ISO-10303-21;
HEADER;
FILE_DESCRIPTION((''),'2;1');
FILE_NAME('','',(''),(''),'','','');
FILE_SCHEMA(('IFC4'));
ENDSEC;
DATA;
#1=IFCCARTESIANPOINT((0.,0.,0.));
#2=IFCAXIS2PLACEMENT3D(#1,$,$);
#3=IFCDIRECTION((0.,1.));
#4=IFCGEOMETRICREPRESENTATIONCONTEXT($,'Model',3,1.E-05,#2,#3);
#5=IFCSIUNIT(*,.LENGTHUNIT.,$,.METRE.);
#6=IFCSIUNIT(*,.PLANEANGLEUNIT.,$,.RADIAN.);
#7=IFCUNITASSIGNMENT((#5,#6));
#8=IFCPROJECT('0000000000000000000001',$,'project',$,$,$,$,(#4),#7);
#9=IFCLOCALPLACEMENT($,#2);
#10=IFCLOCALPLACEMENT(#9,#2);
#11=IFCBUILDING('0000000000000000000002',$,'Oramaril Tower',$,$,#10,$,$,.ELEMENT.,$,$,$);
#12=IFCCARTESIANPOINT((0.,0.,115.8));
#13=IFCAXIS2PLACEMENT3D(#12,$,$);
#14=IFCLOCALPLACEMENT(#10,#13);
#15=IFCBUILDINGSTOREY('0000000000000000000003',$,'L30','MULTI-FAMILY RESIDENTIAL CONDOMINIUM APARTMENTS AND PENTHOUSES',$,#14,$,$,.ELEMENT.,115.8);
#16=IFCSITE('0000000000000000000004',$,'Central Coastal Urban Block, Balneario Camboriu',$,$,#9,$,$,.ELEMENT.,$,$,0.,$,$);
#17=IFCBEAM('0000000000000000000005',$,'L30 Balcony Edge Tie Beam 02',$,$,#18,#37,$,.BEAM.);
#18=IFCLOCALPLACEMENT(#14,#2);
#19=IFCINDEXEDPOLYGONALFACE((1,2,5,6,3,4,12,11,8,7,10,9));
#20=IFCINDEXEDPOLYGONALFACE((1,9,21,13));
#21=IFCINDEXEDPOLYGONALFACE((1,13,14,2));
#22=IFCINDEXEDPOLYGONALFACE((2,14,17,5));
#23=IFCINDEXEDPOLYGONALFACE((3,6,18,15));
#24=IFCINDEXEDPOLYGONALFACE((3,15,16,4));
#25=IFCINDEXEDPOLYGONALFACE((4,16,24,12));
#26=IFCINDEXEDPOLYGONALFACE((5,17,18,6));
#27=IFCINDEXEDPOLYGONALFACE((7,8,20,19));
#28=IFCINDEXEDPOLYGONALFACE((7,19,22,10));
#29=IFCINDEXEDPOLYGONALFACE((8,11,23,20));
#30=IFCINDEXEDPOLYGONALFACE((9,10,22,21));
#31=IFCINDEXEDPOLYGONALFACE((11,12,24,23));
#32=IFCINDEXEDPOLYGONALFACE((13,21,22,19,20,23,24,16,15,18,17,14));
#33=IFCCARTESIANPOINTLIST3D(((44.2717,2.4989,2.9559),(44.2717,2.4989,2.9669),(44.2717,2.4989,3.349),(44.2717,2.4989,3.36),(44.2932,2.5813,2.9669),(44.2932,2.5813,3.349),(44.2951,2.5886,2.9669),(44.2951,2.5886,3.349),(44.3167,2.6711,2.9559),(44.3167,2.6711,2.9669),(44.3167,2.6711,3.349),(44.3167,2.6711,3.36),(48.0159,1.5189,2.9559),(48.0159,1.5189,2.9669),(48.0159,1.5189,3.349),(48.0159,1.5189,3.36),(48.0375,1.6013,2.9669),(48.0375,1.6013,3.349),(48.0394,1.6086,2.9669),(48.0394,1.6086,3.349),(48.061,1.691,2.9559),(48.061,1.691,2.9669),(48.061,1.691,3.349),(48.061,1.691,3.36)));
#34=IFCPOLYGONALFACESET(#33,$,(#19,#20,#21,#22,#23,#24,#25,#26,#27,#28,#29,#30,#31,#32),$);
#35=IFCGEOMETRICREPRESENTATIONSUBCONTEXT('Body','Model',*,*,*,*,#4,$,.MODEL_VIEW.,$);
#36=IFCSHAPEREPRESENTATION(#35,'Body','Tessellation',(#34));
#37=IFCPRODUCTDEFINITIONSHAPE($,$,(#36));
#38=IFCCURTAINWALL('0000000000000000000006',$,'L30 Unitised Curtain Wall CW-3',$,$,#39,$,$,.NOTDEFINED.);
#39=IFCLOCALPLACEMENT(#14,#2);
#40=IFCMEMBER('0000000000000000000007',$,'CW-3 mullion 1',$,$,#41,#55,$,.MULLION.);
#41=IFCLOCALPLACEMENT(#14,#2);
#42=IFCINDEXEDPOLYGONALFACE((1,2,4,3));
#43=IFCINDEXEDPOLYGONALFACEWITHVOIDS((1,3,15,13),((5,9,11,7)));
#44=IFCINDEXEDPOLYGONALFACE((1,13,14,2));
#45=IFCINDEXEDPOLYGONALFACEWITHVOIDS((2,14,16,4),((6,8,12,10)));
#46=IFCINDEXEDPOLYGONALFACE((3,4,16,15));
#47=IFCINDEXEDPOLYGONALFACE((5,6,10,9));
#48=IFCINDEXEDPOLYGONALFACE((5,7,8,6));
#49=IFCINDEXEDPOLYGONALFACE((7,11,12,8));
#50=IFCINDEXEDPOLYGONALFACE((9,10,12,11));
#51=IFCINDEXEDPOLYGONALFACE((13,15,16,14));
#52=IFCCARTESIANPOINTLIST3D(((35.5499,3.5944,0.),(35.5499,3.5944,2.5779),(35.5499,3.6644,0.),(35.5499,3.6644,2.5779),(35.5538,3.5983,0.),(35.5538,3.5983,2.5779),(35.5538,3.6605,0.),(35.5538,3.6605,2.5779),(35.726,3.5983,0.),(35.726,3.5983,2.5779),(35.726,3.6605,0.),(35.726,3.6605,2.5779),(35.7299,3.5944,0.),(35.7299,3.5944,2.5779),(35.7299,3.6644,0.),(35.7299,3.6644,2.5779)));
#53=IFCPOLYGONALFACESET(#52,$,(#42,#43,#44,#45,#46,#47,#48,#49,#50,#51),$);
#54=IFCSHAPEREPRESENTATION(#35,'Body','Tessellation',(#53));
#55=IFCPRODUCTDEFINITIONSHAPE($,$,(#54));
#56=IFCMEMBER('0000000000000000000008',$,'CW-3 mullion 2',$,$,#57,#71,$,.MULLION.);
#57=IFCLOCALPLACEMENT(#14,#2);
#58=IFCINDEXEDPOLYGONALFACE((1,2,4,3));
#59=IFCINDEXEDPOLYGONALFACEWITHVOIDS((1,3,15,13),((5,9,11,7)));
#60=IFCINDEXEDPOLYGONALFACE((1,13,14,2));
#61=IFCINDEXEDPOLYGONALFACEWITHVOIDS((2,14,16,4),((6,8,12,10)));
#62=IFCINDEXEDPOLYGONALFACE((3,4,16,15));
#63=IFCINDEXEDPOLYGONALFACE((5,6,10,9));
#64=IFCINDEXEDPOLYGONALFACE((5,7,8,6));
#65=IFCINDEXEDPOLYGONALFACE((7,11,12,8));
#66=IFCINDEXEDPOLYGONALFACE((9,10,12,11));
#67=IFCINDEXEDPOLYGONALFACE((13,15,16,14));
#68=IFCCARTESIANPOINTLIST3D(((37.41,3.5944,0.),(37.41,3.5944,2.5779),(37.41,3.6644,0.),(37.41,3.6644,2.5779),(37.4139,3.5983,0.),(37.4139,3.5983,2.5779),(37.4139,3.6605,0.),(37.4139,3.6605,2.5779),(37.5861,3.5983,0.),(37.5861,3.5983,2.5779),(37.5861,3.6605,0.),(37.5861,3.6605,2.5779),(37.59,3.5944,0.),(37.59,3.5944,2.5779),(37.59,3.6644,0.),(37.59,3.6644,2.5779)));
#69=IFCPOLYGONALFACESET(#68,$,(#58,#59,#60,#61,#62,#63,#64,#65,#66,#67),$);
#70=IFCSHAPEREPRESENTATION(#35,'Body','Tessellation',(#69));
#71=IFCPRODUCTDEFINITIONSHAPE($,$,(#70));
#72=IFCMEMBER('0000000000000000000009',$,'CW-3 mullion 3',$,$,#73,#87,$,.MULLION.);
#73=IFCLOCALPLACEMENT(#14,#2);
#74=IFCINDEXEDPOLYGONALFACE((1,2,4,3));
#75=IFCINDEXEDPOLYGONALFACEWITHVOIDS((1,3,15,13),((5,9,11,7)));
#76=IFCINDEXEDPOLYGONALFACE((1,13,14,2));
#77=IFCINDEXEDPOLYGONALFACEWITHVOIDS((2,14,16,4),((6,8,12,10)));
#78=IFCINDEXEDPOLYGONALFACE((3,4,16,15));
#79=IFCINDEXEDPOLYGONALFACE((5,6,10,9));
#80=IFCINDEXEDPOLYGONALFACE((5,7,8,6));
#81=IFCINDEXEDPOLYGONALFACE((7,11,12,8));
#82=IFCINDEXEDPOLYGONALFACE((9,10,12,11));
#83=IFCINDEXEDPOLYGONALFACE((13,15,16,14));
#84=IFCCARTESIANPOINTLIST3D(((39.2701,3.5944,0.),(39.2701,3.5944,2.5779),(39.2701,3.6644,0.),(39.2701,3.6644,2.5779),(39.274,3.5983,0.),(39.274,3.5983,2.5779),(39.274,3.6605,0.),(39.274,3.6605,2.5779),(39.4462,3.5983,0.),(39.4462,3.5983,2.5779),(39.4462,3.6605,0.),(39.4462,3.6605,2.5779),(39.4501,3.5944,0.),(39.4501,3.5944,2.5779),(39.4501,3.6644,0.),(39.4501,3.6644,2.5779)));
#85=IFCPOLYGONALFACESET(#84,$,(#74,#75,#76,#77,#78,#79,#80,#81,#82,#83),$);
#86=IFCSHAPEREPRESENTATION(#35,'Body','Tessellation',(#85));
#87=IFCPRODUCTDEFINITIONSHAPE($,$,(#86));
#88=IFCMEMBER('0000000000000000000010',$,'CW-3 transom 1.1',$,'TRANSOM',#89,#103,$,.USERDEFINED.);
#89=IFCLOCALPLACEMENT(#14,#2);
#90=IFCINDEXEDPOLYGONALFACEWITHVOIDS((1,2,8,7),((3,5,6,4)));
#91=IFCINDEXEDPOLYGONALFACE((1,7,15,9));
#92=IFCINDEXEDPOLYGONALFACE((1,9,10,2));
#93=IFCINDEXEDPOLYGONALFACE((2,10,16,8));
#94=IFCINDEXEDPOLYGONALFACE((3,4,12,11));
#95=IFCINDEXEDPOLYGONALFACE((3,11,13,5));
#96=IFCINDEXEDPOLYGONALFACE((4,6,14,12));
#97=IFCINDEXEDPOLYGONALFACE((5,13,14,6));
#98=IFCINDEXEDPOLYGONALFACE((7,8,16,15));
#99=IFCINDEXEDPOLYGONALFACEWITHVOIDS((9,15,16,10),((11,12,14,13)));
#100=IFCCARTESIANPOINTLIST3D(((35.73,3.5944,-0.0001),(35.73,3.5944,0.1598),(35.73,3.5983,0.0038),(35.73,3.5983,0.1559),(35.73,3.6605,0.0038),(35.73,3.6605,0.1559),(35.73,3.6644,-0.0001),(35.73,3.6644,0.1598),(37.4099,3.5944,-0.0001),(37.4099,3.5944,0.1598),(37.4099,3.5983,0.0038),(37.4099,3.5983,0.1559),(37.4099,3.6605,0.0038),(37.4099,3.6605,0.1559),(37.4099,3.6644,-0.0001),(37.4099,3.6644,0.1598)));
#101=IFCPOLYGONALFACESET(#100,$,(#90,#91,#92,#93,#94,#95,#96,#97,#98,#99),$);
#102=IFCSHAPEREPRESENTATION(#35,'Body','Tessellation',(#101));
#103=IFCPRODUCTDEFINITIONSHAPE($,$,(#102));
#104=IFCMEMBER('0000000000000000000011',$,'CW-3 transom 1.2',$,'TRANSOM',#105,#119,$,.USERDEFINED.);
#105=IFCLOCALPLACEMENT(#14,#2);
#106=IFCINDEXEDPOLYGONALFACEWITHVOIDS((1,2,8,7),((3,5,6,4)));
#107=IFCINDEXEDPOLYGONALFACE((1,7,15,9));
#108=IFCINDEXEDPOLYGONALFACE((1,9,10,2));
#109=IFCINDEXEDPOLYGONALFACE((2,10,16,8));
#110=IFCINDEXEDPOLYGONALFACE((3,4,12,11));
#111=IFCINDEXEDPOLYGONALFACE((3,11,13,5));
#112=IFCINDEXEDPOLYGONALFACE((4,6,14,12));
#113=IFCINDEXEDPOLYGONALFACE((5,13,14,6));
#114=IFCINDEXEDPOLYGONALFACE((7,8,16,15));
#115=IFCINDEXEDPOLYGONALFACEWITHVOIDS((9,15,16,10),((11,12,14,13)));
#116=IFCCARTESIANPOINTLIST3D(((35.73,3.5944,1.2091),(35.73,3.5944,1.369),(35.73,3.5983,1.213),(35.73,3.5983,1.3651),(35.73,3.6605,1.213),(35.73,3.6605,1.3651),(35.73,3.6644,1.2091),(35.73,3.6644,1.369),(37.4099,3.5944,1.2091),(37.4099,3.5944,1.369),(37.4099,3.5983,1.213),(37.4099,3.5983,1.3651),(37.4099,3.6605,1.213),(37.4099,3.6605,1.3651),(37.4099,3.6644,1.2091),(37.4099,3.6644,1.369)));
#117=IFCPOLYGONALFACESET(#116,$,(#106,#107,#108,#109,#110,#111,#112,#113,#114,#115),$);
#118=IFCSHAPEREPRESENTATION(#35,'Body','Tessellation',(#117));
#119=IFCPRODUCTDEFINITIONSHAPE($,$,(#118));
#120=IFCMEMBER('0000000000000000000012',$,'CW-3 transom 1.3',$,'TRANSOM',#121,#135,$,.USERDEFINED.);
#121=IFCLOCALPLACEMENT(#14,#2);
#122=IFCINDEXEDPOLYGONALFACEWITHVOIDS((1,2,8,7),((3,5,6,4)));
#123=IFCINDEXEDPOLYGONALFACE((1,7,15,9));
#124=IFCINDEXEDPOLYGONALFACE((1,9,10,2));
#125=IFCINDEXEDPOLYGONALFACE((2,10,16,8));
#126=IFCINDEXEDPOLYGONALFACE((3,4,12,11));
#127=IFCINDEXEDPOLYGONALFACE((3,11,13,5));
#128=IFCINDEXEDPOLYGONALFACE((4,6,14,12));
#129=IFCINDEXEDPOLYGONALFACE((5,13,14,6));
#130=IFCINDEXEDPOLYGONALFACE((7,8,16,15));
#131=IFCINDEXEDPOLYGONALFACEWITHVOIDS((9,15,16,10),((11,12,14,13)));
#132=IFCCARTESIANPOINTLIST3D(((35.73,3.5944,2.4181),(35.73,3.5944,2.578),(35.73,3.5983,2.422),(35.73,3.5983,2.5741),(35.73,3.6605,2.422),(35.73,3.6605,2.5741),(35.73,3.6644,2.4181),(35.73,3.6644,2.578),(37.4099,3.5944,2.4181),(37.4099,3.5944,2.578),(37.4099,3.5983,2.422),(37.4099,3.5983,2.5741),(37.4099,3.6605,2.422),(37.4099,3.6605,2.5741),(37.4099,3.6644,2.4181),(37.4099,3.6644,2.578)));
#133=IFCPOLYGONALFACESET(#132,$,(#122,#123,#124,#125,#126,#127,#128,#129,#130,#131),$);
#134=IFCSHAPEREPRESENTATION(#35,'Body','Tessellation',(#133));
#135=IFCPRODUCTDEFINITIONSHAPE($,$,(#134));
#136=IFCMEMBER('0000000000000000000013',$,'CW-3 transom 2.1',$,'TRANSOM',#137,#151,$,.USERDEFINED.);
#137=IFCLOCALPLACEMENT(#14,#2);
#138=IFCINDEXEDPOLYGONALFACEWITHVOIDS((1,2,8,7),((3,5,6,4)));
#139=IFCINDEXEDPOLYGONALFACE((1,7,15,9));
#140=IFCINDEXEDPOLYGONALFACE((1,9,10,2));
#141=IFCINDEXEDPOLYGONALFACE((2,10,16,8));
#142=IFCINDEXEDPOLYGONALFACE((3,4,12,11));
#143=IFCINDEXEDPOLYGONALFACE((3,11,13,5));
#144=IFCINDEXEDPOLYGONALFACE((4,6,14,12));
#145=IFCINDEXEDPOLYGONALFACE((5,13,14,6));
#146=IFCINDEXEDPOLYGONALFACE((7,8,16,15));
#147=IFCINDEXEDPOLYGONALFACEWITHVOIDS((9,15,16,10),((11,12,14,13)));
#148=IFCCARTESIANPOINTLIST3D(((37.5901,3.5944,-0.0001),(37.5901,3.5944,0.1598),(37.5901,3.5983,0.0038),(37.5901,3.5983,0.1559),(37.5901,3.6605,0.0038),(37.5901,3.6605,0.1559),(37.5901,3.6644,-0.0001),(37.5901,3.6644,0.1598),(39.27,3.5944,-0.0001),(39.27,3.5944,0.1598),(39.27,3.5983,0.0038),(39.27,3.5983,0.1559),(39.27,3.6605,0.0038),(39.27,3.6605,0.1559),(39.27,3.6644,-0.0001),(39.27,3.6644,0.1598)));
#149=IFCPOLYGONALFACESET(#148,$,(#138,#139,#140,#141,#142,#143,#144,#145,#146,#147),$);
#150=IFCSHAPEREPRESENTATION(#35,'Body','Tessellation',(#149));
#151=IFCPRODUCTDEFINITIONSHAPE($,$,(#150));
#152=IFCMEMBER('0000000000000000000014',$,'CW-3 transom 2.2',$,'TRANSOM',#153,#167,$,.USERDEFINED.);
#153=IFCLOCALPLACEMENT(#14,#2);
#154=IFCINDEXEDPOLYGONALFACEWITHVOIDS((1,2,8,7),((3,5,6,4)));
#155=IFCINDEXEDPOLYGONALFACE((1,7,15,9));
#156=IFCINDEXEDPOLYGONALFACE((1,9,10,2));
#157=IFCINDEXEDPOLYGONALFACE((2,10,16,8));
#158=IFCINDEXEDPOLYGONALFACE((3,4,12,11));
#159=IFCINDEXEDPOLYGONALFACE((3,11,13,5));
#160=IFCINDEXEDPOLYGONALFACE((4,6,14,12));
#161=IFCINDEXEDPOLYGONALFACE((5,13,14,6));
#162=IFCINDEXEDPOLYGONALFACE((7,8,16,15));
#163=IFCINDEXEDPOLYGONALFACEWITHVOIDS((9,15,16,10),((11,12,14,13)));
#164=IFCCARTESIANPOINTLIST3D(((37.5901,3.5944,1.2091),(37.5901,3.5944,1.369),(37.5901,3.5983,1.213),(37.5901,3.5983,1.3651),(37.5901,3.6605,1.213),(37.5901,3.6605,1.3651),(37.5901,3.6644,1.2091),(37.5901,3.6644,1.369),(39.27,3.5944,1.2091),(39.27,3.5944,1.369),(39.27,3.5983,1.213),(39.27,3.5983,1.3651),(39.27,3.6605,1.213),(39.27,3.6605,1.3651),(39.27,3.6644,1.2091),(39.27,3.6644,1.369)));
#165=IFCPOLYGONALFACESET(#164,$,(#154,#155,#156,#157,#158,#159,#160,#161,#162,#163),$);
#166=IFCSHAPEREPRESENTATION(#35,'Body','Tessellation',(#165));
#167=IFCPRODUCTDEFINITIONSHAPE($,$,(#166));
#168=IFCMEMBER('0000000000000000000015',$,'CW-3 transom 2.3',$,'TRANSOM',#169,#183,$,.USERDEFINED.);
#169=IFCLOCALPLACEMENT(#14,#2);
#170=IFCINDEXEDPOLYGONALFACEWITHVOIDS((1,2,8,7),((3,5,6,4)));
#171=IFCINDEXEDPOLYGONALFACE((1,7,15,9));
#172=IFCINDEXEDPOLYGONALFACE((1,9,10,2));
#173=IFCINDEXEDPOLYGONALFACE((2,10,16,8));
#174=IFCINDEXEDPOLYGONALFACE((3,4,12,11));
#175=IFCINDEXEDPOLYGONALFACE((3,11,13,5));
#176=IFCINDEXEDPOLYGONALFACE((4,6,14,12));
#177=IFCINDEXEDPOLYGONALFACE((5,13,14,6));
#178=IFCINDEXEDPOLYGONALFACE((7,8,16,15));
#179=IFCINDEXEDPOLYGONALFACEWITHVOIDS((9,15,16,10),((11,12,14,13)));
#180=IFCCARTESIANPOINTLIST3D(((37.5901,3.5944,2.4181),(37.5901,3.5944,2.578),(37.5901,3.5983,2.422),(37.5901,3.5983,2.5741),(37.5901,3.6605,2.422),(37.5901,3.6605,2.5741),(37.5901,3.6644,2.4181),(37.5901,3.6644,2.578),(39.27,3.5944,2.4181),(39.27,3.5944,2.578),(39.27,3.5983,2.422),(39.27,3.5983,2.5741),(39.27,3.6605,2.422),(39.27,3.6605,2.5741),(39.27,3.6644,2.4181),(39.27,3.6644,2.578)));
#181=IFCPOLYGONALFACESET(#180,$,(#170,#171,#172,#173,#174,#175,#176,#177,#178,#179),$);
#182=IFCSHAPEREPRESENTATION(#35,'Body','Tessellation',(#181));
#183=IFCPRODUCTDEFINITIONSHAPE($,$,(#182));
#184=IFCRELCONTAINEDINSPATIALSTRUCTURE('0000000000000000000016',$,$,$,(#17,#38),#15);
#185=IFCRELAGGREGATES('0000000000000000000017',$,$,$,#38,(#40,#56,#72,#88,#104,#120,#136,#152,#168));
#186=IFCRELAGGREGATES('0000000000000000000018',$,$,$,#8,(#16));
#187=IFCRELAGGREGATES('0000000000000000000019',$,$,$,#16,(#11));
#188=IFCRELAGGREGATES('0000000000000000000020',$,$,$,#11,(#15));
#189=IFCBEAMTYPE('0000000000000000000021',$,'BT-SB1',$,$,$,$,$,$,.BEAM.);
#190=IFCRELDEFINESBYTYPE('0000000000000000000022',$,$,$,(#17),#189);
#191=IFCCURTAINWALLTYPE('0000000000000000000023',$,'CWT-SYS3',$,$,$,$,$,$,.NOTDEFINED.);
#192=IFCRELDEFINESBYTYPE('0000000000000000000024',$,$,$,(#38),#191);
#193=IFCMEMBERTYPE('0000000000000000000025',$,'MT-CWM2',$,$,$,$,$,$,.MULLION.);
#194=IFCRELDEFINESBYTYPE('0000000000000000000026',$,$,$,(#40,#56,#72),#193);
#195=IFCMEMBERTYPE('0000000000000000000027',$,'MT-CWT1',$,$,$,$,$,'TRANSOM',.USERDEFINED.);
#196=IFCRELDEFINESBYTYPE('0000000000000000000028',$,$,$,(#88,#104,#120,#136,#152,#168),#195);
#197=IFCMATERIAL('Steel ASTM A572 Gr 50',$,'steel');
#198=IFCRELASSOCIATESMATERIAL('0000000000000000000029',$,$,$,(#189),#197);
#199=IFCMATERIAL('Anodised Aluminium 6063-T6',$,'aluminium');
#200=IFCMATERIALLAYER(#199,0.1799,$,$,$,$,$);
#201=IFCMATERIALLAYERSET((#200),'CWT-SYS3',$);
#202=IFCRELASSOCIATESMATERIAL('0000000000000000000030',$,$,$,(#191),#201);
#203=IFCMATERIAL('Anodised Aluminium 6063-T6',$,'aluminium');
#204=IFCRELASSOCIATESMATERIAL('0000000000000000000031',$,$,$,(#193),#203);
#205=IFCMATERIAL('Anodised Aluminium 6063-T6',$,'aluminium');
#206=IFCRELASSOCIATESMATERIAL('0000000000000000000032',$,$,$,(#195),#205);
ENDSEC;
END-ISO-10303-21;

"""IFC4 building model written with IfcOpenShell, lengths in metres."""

from ifc_helpers import new_model, si_unit, direction, frame, origin, origin_2d, place, context, subcontext, project, spatial, hollow_rectangle, i_section, extrude, material, layer, layer_set, material_profile, profile_set, type_object, element, aggregate, save


model = new_model("IFC4")

# Units and contexts
model_context = context("Model", 3, precision=1e-05, world=origin(), true_north=direction((0.0, 1.0)))
body_context = subcontext(model_context, "Body", "Model", "MODEL_VIEW")
ifc_project = project(units=[si_unit("LENGTHUNIT", "METRE"), si_unit("PLANEANGLEUNIT", "RADIAN")], contexts=[model_context])

# Site, building, storey
site_placement = place(None, origin())
site = spatial("IfcSite", under=ifc_project, at=site_placement, Name="Central Coastal Urban Block, Balneario Camboriu", CompositionType="ELEMENT", RefElevation=0.0)
building_placement = place(site_placement, origin())
building = spatial("IfcBuilding", under=site, at=building_placement, Name="Oramaril Tower", CompositionType="ELEMENT")
storey_placement = place(building_placement, frame((0.0, 0.0, 115.8)))
storey = spatial("IfcBuildingStorey", under=building, at=storey_placement, Name="L30", Description="MULTI-FAMILY RESIDENTIAL CONDOMINIUM APARTMENTS AND PENTHOUSES", CompositionType="ELEMENT", Elevation=115.8)

# Beam
ifc_material_1 = material(Name="Steel ASTM A572 Gr 50", Category="steel")
ifc_material_profile_1 = material_profile(ifc_material_1, i_section(OverallWidth=0.178, OverallDepth=0.4041, WebThickness=0.0076, FlangeThickness=0.011, at=origin_2d()), Name="W16X36")
ifc_profile_set_1 = profile_set([ifc_material_profile_1], Name="Steel ASTM A572 Gr 50")
beam_type = type_object("IfcBeamType", Name="BT-SB1", PredefinedType="BEAM", material=ifc_profile_set_1)
beam_placement = place(storey_placement, frame((44.2942, 2.585, 3.158), z_axis=(0.967412, -0.253208, 0.0), x_axis=(0.253208, 0.967412, 0.0)))
element("IfcBeam", 1, at=beam_placement, inside=storey, type_object=beam_type, Name="L30 Balcony Edge Tie Beam 02", PredefinedType="BEAM", context=body_context, shape_type="SweptSolid", body=[
    extrude(i_section(OverallWidth=0.178, OverallDepth=0.4041, WebThickness=0.0076, FlangeThickness=0.011, at=origin_2d()), origin(), (0.0, 0.0, 1.0), 3.8704),
])

# Curtain wall, members
ifc_material_2 = material(Name="Anodised Aluminium 6063-T6", Category="aluminium")
ifc_layer_1 = layer(ifc_material_2, 0.1799)
ifc_layer_set_1 = layer_set([ifc_layer_1], Name="CWT-SYS3")
curtain_wall_type = type_object("IfcCurtainWallType", Name="CWT-SYS3", PredefinedType="NOTDEFINED", material=ifc_layer_set_1)
curtain_wall_placement = place(storey_placement, origin())
curtain_wall = element("IfcCurtainWall", 2, at=curtain_wall_placement, inside=storey, type_object=curtain_wall_type, Name="L30 Unitised Curtain Wall CW-3", PredefinedType="NOTDEFINED")
ifc_material_3 = material(Name="Anodised Aluminium 6063-T6", Category="aluminium")
ifc_material_profile_2 = material_profile(ifc_material_3, hollow_rectangle(XDim=0.0701, YDim=0.1799, WallThickness=0.0039, at=origin_2d()), Name="CWM180X70")
ifc_profile_set_2 = profile_set([ifc_material_profile_2], Name="Anodised Aluminium 6063-T6")
member_type_1 = type_object("IfcMemberType", Name="MT-CWM2", PredefinedType="MULLION", material=ifc_profile_set_2)
member_1_placement = place(storey_placement, frame((35.6399, 3.6294, 0.0), z_axis=(0.0, 0.0, 1.0), x_axis=(0.0, 1.0, 0.0)))
member_1 = element("IfcMember", 3, at=member_1_placement, type_object=member_type_1, Name="CW-3 mullion 1", PredefinedType="MULLION", context=body_context, shape_type="SweptSolid", body=[
    extrude(hollow_rectangle(XDim=0.0701, YDim=0.1799, WallThickness=0.0039, at=origin_2d()), origin(), (0.0, 0.0, 1.0), 2.5779),
])
member_2_placement = place(storey_placement, frame((37.5, 3.6294, 0.0), z_axis=(0.0, 0.0, 1.0), x_axis=(0.0, 1.0, 0.0)))
member_2 = element("IfcMember", 4, at=member_2_placement, type_object=member_type_1, Name="CW-3 mullion 2", PredefinedType="MULLION", context=body_context, shape_type="SweptSolid", body=[
    extrude(hollow_rectangle(XDim=0.0701, YDim=0.1799, WallThickness=0.0039, at=origin_2d()), origin(), (0.0, 0.0, 1.0), 2.5779),
])
member_3_placement = place(storey_placement, frame((39.3601, 3.6294, 0.0), z_axis=(0.0, 0.0, 1.0), x_axis=(0.0, 1.0, 0.0)))
member_3 = element("IfcMember", 5, at=member_3_placement, type_object=member_type_1, Name="CW-3 mullion 3", PredefinedType="MULLION", context=body_context, shape_type="SweptSolid", body=[
    extrude(hollow_rectangle(XDim=0.0701, YDim=0.1799, WallThickness=0.0039, at=origin_2d()), origin(), (0.0, 0.0, 1.0), 2.5779),
])
ifc_material_4 = material(Name="Anodised Aluminium 6063-T6", Category="aluminium")
ifc_material_profile_3 = material_profile(ifc_material_4, hollow_rectangle(XDim=0.0701, YDim=0.1599, WallThickness=0.0039, at=origin_2d()), Name="CWT160X70")
ifc_profile_set_3 = profile_set([ifc_material_profile_3], Name="Anodised Aluminium 6063-T6")
member_type_2 = type_object("IfcMemberType", Name="MT-CWT1", ElementType="TRANSOM", PredefinedType="USERDEFINED", material=ifc_profile_set_3)
member_4_placement = place(storey_placement, frame((35.73, 3.6294, 0.0798), z_axis=(1.0, 0.0, 0.0), x_axis=(0.0, 1.0, 0.0)))
member_4 = element("IfcMember", 6, at=member_4_placement, type_object=member_type_2, Name="CW-3 transom 1.1", ObjectType="TRANSOM", PredefinedType="USERDEFINED", context=body_context, shape_type="SweptSolid", body=[
    extrude(hollow_rectangle(XDim=0.0701, YDim=0.1599, WallThickness=0.0039, at=origin_2d()), origin(), (0.0, 0.0, 1.0), 1.6799),
])
member_5_placement = place(storey_placement, frame((35.73, 3.6294, 1.2891), z_axis=(1.0, 0.0, 0.0), x_axis=(0.0, 1.0, 0.0)))
member_5 = element("IfcMember", 7, at=member_5_placement, type_object=member_type_2, Name="CW-3 transom 1.2", ObjectType="TRANSOM", PredefinedType="USERDEFINED", context=body_context, shape_type="SweptSolid", body=[
    extrude(hollow_rectangle(XDim=0.0701, YDim=0.1599, WallThickness=0.0039, at=origin_2d()), origin(), (0.0, 0.0, 1.0), 1.6799),
])
member_6_placement = place(storey_placement, frame((35.73, 3.6294, 2.498), z_axis=(1.0, 0.0, 0.0), x_axis=(0.0, 1.0, 0.0)))
member_6 = element("IfcMember", 8, at=member_6_placement, type_object=member_type_2, Name="CW-3 transom 1.3", ObjectType="TRANSOM", PredefinedType="USERDEFINED", context=body_context, shape_type="SweptSolid", body=[
    extrude(hollow_rectangle(XDim=0.0701, YDim=0.1599, WallThickness=0.0039, at=origin_2d()), origin(), (0.0, 0.0, 1.0), 1.6799),
])
member_7_placement = place(storey_placement, frame((37.5901, 3.6294, 0.0798), z_axis=(1.0, 0.0, 0.0), x_axis=(0.0, 1.0, 0.0)))
member_7 = element("IfcMember", 9, at=member_7_placement, type_object=member_type_2, Name="CW-3 transom 2.1", ObjectType="TRANSOM", PredefinedType="USERDEFINED", context=body_context, shape_type="SweptSolid", body=[
    extrude(hollow_rectangle(XDim=0.0701, YDim=0.1599, WallThickness=0.0039, at=origin_2d()), origin(), (0.0, 0.0, 1.0), 1.6799),
])
member_8_placement = place(storey_placement, frame((37.5901, 3.6294, 1.2891), z_axis=(1.0, 0.0, 0.0), x_axis=(0.0, 1.0, 0.0)))
member_8 = element("IfcMember", 10, at=member_8_placement, type_object=member_type_2, Name="CW-3 transom 2.2", ObjectType="TRANSOM", PredefinedType="USERDEFINED", context=body_context, shape_type="SweptSolid", body=[
    extrude(hollow_rectangle(XDim=0.0701, YDim=0.1599, WallThickness=0.0039, at=origin_2d()), origin(), (0.0, 0.0, 1.0), 1.6799),
])
member_9_placement = place(storey_placement, frame((37.5901, 3.6294, 2.498), z_axis=(1.0, 0.0, 0.0), x_axis=(0.0, 1.0, 0.0)))
member_9 = element("IfcMember", 11, at=member_9_placement, type_object=member_type_2, Name="CW-3 transom 2.3", ObjectType="TRANSOM", PredefinedType="USERDEFINED", context=body_context, shape_type="SweptSolid", body=[
    extrude(hollow_rectangle(XDim=0.0701, YDim=0.1599, WallThickness=0.0039, at=origin_2d()), origin(), (0.0, 0.0, 1.0), 1.6799),
])
aggregate(curtain_wall, [member_1, member_2, member_3, member_4, member_5, member_6, member_7, member_8, member_9])

save(model, "model.ifc")
